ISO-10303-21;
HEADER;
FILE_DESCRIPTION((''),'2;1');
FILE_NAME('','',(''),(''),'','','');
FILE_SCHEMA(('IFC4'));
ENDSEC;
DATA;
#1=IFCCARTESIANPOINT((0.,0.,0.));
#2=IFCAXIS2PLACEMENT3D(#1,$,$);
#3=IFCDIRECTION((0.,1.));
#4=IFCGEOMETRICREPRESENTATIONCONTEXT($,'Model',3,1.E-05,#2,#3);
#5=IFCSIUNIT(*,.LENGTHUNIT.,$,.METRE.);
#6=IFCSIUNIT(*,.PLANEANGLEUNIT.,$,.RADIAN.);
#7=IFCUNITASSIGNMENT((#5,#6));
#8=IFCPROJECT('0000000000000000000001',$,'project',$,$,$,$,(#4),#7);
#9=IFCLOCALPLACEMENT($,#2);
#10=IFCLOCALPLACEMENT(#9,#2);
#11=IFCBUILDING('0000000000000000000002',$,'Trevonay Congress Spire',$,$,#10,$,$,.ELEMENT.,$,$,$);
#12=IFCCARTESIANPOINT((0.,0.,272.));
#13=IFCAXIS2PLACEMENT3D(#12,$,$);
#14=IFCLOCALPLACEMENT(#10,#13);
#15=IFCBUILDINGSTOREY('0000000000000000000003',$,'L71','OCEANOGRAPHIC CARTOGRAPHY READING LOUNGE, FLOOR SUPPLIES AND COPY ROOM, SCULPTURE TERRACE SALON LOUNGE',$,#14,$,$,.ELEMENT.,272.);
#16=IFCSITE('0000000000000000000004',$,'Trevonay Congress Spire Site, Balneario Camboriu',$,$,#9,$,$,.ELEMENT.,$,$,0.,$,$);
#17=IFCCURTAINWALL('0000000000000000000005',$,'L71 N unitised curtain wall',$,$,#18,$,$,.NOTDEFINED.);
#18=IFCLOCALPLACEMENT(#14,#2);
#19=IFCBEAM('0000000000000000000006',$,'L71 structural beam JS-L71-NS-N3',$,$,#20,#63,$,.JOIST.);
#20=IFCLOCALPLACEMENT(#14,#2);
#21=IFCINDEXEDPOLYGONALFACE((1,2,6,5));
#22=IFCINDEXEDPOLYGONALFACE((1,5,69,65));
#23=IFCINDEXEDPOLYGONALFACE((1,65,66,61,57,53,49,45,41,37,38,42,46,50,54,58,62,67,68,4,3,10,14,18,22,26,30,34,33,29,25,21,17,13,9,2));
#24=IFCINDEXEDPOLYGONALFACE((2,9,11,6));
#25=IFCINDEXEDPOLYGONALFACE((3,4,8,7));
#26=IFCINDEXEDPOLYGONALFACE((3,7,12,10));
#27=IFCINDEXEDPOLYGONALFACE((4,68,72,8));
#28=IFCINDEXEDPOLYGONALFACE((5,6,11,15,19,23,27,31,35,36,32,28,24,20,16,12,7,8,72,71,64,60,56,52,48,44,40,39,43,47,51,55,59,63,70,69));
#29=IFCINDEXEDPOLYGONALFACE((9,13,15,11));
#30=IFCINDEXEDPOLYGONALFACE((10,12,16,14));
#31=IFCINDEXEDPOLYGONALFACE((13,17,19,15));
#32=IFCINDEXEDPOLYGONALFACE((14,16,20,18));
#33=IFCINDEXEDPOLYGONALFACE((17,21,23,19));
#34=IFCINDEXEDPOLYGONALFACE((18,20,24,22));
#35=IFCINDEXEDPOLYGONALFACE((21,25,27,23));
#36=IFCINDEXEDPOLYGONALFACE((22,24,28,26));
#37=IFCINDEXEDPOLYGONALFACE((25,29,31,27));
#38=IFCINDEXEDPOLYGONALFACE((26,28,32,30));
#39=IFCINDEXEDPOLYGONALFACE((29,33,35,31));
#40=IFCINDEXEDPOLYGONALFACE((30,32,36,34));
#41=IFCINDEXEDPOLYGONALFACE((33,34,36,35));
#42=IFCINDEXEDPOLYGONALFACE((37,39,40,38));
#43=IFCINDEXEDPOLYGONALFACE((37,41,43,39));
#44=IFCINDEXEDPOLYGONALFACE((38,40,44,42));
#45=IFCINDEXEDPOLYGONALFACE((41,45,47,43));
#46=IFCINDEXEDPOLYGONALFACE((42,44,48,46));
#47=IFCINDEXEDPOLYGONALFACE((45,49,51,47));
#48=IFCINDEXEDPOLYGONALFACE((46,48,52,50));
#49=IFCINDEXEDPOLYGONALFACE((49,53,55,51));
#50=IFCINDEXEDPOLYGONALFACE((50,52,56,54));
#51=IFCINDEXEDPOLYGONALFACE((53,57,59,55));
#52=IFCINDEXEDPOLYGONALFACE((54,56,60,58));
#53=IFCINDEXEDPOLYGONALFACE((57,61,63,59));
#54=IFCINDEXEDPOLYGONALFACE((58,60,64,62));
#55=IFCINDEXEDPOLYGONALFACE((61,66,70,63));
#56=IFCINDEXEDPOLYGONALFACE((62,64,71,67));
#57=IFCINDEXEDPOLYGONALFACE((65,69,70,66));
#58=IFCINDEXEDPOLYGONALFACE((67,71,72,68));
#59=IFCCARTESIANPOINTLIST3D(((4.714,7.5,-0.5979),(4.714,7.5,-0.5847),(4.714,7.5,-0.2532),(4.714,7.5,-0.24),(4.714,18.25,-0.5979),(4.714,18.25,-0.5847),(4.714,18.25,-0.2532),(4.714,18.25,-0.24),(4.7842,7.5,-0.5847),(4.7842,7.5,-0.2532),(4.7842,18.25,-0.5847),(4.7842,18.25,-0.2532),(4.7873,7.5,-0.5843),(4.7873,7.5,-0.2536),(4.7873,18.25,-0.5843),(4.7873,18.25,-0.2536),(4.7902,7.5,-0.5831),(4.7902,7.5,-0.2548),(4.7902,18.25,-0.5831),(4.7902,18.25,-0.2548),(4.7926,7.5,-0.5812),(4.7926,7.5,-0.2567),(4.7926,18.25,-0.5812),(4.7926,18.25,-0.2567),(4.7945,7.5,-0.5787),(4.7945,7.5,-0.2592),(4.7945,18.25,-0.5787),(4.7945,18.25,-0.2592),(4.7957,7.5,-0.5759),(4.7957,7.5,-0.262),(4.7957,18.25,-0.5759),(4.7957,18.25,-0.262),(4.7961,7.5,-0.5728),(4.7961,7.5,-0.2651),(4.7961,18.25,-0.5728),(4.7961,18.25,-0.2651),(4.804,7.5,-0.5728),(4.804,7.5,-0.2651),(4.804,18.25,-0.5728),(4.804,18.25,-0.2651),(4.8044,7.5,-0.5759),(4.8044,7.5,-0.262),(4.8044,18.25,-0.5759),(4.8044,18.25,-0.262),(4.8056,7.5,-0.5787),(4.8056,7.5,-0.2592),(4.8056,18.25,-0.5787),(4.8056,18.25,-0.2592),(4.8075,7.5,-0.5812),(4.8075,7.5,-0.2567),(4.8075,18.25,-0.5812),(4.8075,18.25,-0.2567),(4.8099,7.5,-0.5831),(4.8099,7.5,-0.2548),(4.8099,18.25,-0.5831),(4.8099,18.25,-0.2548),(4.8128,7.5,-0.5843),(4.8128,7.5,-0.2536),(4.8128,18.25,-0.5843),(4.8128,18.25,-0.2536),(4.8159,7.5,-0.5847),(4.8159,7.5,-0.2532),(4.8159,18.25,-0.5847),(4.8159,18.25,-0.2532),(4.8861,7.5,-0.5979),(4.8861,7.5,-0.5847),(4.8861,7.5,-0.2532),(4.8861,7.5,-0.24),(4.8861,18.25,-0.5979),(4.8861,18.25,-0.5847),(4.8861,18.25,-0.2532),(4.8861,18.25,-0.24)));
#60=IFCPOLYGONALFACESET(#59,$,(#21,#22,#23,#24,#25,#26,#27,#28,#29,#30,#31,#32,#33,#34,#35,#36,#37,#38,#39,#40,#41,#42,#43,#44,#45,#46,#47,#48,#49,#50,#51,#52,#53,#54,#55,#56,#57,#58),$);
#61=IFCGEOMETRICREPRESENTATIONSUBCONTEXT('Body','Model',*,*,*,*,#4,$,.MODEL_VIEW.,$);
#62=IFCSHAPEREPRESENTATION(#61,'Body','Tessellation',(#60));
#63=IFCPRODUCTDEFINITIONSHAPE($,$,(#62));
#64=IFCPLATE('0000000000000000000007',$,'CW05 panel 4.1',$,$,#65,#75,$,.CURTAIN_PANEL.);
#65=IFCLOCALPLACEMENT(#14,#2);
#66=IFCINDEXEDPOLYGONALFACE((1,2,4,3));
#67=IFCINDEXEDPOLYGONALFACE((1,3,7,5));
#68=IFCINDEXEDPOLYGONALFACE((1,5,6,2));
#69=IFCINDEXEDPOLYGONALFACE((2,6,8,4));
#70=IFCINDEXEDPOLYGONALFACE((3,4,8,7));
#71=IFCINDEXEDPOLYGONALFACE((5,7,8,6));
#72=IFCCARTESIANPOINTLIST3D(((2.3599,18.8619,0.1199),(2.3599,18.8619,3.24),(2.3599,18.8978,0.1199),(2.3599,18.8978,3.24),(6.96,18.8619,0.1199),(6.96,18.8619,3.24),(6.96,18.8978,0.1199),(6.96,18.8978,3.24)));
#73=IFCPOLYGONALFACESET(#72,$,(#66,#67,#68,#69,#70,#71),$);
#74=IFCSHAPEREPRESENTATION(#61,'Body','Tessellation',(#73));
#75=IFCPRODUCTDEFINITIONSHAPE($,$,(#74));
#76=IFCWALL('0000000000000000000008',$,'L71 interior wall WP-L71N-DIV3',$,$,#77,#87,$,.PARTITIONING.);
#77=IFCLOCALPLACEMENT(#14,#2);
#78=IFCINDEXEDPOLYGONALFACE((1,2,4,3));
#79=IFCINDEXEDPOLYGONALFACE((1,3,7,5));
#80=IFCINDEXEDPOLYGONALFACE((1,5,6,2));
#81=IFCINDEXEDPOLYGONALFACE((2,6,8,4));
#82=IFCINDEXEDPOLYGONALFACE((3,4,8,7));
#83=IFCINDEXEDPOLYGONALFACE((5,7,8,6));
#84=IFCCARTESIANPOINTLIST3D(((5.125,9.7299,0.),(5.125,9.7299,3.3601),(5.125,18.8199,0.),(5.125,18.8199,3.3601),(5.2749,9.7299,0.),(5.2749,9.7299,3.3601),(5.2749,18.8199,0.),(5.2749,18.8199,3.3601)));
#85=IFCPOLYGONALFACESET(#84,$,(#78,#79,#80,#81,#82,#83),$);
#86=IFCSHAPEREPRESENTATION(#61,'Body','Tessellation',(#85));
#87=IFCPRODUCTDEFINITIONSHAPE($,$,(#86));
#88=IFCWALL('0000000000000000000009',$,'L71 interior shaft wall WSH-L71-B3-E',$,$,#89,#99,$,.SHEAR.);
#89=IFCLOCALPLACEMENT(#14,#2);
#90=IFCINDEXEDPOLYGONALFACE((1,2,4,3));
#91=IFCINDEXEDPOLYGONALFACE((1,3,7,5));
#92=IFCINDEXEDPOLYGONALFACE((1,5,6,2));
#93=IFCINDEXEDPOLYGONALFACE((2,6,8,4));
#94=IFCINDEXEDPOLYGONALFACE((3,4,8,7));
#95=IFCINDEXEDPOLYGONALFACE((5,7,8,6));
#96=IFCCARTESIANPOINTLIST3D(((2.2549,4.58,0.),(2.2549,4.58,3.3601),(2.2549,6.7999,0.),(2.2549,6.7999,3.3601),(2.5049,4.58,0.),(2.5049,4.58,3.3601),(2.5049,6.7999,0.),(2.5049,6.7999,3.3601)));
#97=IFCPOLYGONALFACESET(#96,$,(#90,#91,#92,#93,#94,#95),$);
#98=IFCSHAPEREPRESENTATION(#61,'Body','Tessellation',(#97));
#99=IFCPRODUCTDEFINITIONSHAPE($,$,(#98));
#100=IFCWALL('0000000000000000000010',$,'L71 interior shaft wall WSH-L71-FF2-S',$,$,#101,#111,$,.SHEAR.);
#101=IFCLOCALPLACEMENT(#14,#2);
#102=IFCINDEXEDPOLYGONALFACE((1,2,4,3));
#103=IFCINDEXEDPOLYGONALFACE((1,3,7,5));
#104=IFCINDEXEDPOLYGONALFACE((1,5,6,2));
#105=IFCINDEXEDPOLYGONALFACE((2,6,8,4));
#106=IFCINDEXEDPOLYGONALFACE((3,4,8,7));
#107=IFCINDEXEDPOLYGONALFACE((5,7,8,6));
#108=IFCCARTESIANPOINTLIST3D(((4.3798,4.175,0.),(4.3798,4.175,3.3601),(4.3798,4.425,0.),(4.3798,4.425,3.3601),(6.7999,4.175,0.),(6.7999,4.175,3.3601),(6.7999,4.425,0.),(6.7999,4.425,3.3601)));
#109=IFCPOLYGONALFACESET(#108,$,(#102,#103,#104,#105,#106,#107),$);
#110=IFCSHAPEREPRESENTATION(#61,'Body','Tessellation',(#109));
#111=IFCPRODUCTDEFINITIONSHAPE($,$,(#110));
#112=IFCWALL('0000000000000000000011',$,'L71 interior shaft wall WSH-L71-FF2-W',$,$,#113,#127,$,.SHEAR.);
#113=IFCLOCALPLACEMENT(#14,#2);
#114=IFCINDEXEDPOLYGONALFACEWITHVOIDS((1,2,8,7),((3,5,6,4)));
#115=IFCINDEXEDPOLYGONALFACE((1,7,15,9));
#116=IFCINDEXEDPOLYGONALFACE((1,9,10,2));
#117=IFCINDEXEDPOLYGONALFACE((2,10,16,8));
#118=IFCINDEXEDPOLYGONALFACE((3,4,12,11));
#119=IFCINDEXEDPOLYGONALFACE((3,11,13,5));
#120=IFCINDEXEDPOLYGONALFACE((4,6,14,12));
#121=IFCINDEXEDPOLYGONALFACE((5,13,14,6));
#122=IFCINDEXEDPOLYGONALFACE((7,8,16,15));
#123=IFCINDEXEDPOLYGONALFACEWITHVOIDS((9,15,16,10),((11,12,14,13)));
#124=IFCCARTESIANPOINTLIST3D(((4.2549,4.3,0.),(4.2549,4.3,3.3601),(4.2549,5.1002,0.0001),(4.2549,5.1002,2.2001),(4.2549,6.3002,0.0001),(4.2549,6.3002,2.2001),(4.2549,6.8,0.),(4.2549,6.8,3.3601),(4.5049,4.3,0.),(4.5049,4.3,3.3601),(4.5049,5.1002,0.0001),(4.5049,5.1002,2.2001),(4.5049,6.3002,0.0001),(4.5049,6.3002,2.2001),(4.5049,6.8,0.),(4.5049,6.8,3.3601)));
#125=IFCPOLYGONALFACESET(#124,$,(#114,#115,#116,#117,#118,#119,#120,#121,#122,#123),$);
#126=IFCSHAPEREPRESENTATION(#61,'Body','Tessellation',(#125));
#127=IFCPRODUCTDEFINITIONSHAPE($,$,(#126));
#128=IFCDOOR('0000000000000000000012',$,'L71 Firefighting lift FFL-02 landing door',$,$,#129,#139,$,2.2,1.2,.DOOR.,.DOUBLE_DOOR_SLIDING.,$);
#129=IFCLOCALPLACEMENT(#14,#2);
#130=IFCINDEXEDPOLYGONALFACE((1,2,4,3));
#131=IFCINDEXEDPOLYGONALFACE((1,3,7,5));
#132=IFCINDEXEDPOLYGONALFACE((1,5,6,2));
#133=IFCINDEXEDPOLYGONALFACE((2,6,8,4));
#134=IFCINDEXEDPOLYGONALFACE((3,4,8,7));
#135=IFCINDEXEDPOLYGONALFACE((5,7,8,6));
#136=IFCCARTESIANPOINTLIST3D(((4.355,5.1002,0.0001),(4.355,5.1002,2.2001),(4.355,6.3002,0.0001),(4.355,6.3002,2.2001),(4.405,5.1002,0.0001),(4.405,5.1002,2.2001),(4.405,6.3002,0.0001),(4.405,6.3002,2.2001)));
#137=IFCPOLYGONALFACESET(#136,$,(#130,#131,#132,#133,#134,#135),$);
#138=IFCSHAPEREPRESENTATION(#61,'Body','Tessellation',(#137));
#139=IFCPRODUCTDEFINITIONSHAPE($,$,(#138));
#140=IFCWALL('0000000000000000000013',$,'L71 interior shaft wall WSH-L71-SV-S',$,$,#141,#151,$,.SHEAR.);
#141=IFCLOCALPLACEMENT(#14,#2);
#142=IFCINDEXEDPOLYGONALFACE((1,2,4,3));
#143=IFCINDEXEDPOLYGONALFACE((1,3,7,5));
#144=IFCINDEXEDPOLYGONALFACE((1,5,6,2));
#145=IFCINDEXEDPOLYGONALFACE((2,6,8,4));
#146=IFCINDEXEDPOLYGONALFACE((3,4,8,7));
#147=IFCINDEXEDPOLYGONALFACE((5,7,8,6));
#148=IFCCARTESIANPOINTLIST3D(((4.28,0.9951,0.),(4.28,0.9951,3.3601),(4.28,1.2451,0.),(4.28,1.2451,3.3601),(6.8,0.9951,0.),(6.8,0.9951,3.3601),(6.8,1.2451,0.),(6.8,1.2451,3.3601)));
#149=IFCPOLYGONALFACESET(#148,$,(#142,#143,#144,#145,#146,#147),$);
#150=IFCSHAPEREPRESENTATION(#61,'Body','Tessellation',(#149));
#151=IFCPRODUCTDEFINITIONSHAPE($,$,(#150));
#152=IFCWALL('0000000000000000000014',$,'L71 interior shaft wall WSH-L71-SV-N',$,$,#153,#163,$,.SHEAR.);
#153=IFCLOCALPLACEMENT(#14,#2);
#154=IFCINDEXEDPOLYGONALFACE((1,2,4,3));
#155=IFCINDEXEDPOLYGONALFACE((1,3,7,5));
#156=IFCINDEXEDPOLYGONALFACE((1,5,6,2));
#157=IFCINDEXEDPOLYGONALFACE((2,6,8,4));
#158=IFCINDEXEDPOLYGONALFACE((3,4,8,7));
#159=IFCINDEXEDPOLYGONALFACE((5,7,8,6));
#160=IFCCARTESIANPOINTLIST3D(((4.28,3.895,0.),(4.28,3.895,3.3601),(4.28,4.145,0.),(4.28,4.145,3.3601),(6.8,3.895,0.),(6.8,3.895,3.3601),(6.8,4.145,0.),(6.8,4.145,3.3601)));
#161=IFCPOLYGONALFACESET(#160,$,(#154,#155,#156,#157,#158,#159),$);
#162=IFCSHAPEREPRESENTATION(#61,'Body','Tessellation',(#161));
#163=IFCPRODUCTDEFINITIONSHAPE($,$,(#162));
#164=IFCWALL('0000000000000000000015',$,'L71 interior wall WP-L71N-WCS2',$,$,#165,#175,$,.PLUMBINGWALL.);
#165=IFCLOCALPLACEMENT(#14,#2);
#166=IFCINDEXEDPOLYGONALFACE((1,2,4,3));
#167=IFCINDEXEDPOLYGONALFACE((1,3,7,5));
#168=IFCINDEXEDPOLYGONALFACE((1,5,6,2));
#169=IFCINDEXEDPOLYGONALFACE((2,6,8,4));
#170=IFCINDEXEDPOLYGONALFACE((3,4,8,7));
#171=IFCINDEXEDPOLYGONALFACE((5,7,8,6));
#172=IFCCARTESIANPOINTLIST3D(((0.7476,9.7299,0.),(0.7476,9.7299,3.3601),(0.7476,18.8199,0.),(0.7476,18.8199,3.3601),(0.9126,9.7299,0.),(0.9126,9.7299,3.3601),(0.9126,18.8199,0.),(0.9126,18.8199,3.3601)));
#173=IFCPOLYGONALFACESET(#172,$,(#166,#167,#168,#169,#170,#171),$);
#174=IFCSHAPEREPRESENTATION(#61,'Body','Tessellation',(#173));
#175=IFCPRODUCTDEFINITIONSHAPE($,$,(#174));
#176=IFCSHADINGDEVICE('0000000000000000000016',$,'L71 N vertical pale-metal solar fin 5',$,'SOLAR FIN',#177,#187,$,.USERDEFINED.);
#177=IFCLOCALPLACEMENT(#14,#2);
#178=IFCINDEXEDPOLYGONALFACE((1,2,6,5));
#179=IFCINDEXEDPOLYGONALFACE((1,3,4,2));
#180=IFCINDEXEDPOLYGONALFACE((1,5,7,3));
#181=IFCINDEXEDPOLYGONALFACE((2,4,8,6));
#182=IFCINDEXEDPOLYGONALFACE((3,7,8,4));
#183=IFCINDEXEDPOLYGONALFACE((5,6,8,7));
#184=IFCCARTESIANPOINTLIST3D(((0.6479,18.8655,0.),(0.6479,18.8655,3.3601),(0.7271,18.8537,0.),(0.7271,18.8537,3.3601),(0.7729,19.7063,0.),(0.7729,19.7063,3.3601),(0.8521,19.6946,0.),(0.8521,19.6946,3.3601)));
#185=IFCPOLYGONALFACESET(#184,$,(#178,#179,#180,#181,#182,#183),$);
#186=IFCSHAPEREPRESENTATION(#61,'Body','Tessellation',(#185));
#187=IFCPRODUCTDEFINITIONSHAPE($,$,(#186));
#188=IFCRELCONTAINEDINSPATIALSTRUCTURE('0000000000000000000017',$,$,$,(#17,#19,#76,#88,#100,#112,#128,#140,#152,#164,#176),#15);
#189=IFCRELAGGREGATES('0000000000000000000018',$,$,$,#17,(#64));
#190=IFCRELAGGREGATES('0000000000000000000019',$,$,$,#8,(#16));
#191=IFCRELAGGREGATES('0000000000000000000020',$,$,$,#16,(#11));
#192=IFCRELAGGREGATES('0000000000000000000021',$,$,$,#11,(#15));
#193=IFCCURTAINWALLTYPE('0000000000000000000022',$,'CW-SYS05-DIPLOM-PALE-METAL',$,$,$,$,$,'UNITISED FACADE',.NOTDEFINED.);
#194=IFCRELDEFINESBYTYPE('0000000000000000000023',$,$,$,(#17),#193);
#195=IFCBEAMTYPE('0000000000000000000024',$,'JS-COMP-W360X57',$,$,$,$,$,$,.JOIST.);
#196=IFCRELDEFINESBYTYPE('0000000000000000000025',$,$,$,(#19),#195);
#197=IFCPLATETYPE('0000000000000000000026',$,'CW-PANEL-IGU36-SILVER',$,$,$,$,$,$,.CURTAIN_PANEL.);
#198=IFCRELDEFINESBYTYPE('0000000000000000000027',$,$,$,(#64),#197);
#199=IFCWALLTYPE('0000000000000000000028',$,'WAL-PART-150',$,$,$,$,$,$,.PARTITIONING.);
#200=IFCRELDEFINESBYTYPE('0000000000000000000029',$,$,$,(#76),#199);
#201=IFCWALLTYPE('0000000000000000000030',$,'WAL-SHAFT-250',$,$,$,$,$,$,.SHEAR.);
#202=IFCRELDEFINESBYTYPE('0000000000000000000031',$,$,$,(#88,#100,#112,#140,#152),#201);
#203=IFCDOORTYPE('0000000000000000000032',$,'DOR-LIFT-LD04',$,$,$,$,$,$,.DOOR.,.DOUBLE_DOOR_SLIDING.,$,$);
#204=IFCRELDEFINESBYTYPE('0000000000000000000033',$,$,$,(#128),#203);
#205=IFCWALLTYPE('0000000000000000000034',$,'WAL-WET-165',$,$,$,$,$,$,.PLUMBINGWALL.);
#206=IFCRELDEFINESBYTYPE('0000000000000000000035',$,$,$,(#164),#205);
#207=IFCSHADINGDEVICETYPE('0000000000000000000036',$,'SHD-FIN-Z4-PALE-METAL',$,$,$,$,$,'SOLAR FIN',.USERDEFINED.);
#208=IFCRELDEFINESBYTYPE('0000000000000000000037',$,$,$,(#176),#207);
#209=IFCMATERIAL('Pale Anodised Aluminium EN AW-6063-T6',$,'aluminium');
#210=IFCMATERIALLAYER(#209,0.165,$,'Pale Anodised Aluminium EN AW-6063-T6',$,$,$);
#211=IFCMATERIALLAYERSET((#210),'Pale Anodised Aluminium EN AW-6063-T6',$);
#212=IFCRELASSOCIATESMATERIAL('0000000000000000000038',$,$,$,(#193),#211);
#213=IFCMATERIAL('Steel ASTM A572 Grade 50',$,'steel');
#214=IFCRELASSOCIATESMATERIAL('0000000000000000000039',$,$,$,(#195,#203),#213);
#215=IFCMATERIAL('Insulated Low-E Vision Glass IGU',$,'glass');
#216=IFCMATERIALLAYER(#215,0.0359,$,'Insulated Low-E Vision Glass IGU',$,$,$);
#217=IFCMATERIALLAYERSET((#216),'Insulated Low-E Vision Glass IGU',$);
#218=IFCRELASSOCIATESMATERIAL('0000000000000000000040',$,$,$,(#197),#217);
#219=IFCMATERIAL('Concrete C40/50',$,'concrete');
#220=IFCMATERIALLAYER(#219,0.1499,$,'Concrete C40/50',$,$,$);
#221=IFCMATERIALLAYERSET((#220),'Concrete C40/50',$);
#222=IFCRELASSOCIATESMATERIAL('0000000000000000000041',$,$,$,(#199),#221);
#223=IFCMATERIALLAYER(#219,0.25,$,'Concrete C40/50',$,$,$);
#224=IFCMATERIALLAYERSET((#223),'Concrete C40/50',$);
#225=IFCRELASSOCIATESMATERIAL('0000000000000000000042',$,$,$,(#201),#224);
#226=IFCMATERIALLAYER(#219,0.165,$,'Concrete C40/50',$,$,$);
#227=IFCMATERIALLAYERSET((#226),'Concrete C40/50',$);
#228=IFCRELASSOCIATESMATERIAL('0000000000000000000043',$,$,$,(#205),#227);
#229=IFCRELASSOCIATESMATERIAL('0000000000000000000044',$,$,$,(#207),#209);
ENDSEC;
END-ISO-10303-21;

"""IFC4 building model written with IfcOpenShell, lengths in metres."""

from ifc_helpers import new_model, si_unit, direction, frame, frame_2d, origin, origin_2d, place, context, subcontext, project, spatial, rectangle, i_section, extrude, material, layer, layer_set, material_profile, profile_set, type_object, element, fill, aggregate, save


model = new_model("IFC4")

# Units and contexts
model_context = context("Model", 3, precision=1e-05, world=origin(), true_north=direction((0.0, 1.0)))
body_context = subcontext(model_context, "Body", "Model", "MODEL_VIEW")
ifc_project = project(units=[si_unit("LENGTHUNIT", "METRE"), si_unit("PLANEANGLEUNIT", "RADIAN")], contexts=[model_context])

# Site, building, storey
site_placement = place(None, origin())
site = spatial("IfcSite", under=ifc_project, at=site_placement, Name="Trevonay Congress Spire Site, Balneario Camboriu", CompositionType="ELEMENT", RefElevation=0.0)
building_placement = place(site_placement, origin())
building = spatial("IfcBuilding", under=site, at=building_placement, Name="Trevonay Congress Spire", CompositionType="ELEMENT")
storey_placement = place(building_placement, frame((0.0, 0.0, 272.0)))
storey = spatial("IfcBuildingStorey", under=building, at=storey_placement, Name="L71", Description="OCEANOGRAPHIC CARTOGRAPHY READING LOUNGE, FLOOR SUPPLIES AND COPY ROOM, SCULPTURE TERRACE SALON LOUNGE", CompositionType="ELEMENT", Elevation=272.0)

# Shared definitions
ifc_material_1 = material(Name="Steel ASTM A572 Grade 50", Category="steel")

# Curtain wall
ifc_material_2 = material(Name="Pale Anodised Aluminium EN AW-6063-T6", Category="aluminium")
ifc_layer_1 = layer(ifc_material_2, 0.165, Name="Pale Anodised Aluminium EN AW-6063-T6")
ifc_layer_set_1 = layer_set([ifc_layer_1], Name="Pale Anodised Aluminium EN AW-6063-T6")
curtain_wall_type = type_object("IfcCurtainWallType", Name="CW-SYS05-DIPLOM-PALE-METAL", ElementType="UNITISED FACADE", PredefinedType="NOTDEFINED", material=ifc_layer_set_1)
curtain_wall_placement = place(storey_placement, origin())
curtain_wall = element("IfcCurtainWall", 1, at=curtain_wall_placement, inside=storey, type_object=curtain_wall_type, Name="L71 N unitised curtain wall", PredefinedType="NOTDEFINED")

# Beam
ifc_material_profile_1 = material_profile(ifc_material_1, i_section(OverallWidth=0.1721, OverallDepth=0.3579, WebThickness=0.0078, FlangeThickness=0.0132, FilletRadius=0.012, at=origin_2d()), Name="W360x57.8")
ifc_profile_set_1 = profile_set([ifc_material_profile_1], Name="Steel ASTM A572 Grade 50")
beam_type_1 = type_object("IfcBeamType", Name="JS-COMP-W360X57", PredefinedType="JOIST", material=ifc_profile_set_1)
beam_1_placement = place(storey_placement, frame((4.8, 7.5, -0.4189), z_axis=(0.0, 1.0, 0.0), x_axis=(-1.0, 0.0, 0.0)))
element("IfcBeam", 2, at=beam_1_placement, inside=storey, type_object=beam_type_1, Name="L71 structural beam JS-L71-NS-N3", PredefinedType="JOIST", context=body_context, shape_type="SweptSolid", body=[
    extrude(i_section(OverallWidth=0.1721, OverallDepth=0.3579, WebThickness=0.0078, FlangeThickness=0.0132, FilletRadius=0.012, at=origin_2d()), origin(), (0.0, 0.0, 1.0), 10.75),
])

# Plate
ifc_material_3 = material(Name="Insulated Low-E Vision Glass IGU", Category="glass")
ifc_layer_2 = layer(ifc_material_3, 0.0359, Name="Insulated Low-E Vision Glass IGU")
ifc_layer_set_2 = layer_set([ifc_layer_2], Name="Insulated Low-E Vision Glass IGU")
plate_type = type_object("IfcPlateType", Name="CW-PANEL-IGU36-SILVER", PredefinedType="CURTAIN_PANEL", material=ifc_layer_set_2)
plate_placement = place(storey_placement, frame((4.6599, 18.8799, 0.1199), z_axis=(0.0, 0.0, 1.0), x_axis=(1.0, 0.0, 0.0)))
plate = element("IfcPlate", 3, at=plate_placement, type_object=plate_type, Name="CW05 panel 4.1", PredefinedType="CURTAIN_PANEL", context=body_context, shape_type="SweptSolid", body=[
    extrude(rectangle(XDim=4.6001, YDim=0.0359, at=origin_2d()), origin(), (0.0, 0.0, 1.0), 3.1201),
])
aggregate(curtain_wall, [plate])

# Walls
ifc_material_4 = material(Name="Concrete C40/50", Category="concrete")
ifc_layer_3 = layer(ifc_material_4, 0.1499, Name="Concrete C40/50")
ifc_layer_set_3 = layer_set([ifc_layer_3], Name="Concrete C40/50")
wall_type_1 = type_object("IfcWallType", Name="WAL-PART-150", PredefinedType="PARTITIONING", material=ifc_layer_set_3)
wall_1_placement = place(storey_placement, frame((5.2, 9.73, 0.0), z_axis=(0.0, 0.0, 1.0), x_axis=(0.0, 1.0, 0.0)))
element("IfcWall", 4, at=wall_1_placement, inside=storey, type_object=wall_type_1, Name="L71 interior wall WP-L71N-DIV3", PredefinedType="PARTITIONING", context=body_context, shape_type="SweptSolid", body=[
    extrude(rectangle(XDim=9.0901, YDim=0.1499, at=frame_2d((4.5449, 0.0))), origin(), (0.0, 0.0, 1.0), 3.3601),
])
ifc_layer_4 = layer(ifc_material_4, 0.25, Name="Concrete C40/50")
ifc_layer_set_4 = layer_set([ifc_layer_4], Name="Concrete C40/50")
wall_type_2 = type_object("IfcWallType", Name="WAL-SHAFT-250", PredefinedType="SHEAR", material=ifc_layer_set_4)
wall_2_placement = place(storey_placement, frame((2.3799, 4.5801, 0.0), z_axis=(0.0, 0.0, 1.0), x_axis=(0.0, 1.0, 0.0)))
element("IfcWall", 5, at=wall_2_placement, inside=storey, type_object=wall_type_2, Name="L71 interior shaft wall WSH-L71-B3-E", PredefinedType="SHEAR", context=body_context, shape_type="SweptSolid", body=[
    extrude(rectangle(XDim=2.22, YDim=0.25, at=frame_2d((1.1099, 0.0))), origin(), (0.0, 0.0, 1.0), 3.3601),
])
wall_3_placement = place(storey_placement, frame((4.3799, 4.3, 0.0), z_axis=(0.0, 0.0, 1.0), x_axis=(1.0, 0.0, 0.0)))
element("IfcWall", 6, at=wall_3_placement, inside=storey, type_object=wall_type_2, Name="L71 interior shaft wall WSH-L71-FF2-S", PredefinedType="SHEAR", context=body_context, shape_type="SweptSolid", body=[
    extrude(rectangle(XDim=2.4202, YDim=0.25, at=frame_2d((1.21, 0.0))), origin(), (0.0, 0.0, 1.0), 3.3601),
])

# Wall, opening, door
wall_4_placement = place(storey_placement, frame((4.3799, 4.3, 0.0), z_axis=(0.0, 0.0, 1.0), x_axis=(0.0, 1.0, 0.0)))
wall_4 = element("IfcWall", 7, at=wall_4_placement, inside=storey, type_object=wall_type_2, Name="L71 interior shaft wall WSH-L71-FF2-W", PredefinedType="SHEAR", context=body_context, shape_type="SweptSolid", body=[
    extrude(rectangle(XDim=2.5, YDim=0.25, at=frame_2d((1.25, 0.0))), origin(), (0.0, 0.0, 1.0), 3.3601),
])
opening_placement = place(wall_4_placement, frame((0.8, 0.0, 0.0)))
opening = element("IfcOpeningElement", 8, at=opening_placement, cuts=wall_4, PredefinedType="OPENING", context=body_context, shape_type="SweptSolid", body=[
    extrude(rectangle(XDim=1.2, YDim=2.2, at=frame_2d((0.6001, 1.1001))), frame((0.0, 0.135, 0.0), z_axis=(0.0, -1.0, 0.0), x_axis=(1.0, 0.0, 0.0)), (0.0, 0.0, 1.0), 0.27),
])
door_type = type_object("IfcDoorType", Name="DOR-LIFT-LD04", OperationType="DOUBLE_DOOR_SLIDING", PredefinedType="DOOR", material=ifc_material_1)
door_placement = place(opening_placement, origin())
door = element("IfcDoor", 9, at=door_placement, inside=storey, type_object=door_type, Name="L71 Firefighting lift FFL-02 landing door", OperationType="DOUBLE_DOOR_SLIDING", OverallHeight=2.2, OverallWidth=1.2, PredefinedType="DOOR", context=body_context, shape_type="SweptSolid", body=[
    extrude(rectangle(XDim=1.2, YDim=2.2, at=frame_2d((0.6001, 1.1001))), frame((0.0, 0.0249, 0.0), z_axis=(0.0, -1.0, 0.0), x_axis=(1.0, 0.0, 0.0)), (0.0, 0.0, 1.0), 0.05),
])
fill(opening, door)

# Walls
for number, where, z_axis, x_axis, name in (
    (10, (4.28, 1.1201, 0.0), (0.0, 0.0, 1.0), (1.0, 0.0, 0.0), "L71 interior shaft wall WSH-L71-SV-S"),
    (11, (4.28, 4.02, 0.0), (0.0, 0.0, 1.0), (1.0, 0.0, 0.0), "L71 interior shaft wall WSH-L71-SV-N"),
):
    element("IfcWall", number, at=place(storey_placement, frame(where, z_axis=z_axis, x_axis=x_axis)), inside=storey, type_object=wall_type_2, Name=name, PredefinedType="SHEAR", context=body_context, shape_type="SweptSolid", body=[
        extrude(rectangle(XDim=2.52, YDim=0.25, at=frame_2d((1.26, 0.0))), origin(), (0.0, 0.0, 1.0), 3.3601),
    ])
ifc_layer_5 = layer(ifc_material_4, 0.165, Name="Concrete C40/50")
ifc_layer_set_5 = layer_set([ifc_layer_5], Name="Concrete C40/50")
wall_type_3 = type_object("IfcWallType", Name="WAL-WET-165", PredefinedType="PLUMBINGWALL", material=ifc_layer_set_5)
wall_5_placement = place(storey_placement, frame((0.8301, 9.73, 0.0), z_axis=(0.0, 0.0, 1.0), x_axis=(0.0, 1.0, 0.0)))
element("IfcWall", 12, at=wall_5_placement, inside=storey, type_object=wall_type_3, Name="L71 interior wall WP-L71N-WCS2", PredefinedType="PLUMBINGWALL", context=body_context, shape_type="SweptSolid", body=[
    extrude(rectangle(XDim=9.0901, YDim=0.165, at=frame_2d((4.5449, 0.0))), origin(), (0.0, 0.0, 1.0), 3.3601),
])

# Shading device
shading_device_type = type_object("IfcShadingDeviceType", Name="SHD-FIN-Z4-PALE-METAL", ElementType="SOLAR FIN", PredefinedType="USERDEFINED", material=ifc_material_2)
for number, where, z_axis, x_axis, name in (
    (13, (0.75, 19.28, 0.0), (0.0, 0.0, 1.0), (0.989144, -0.146946, 0.0), "L71 N vertical pale-metal solar fin 5"),
):
    element("IfcShadingDevice", number, at=place(storey_placement, frame(where, z_axis=z_axis, x_axis=x_axis)), inside=storey, type_object=shading_device_type, Name=name, ObjectType="SOLAR FIN", PredefinedType="USERDEFINED", context=body_context, shape_type="SweptSolid", body=[
        extrude(rectangle(XDim=0.0801, YDim=0.8501, at=origin_2d()), origin(), (0.0, 0.0, 1.0), 3.3601),
    ])

save(model, "model.ifc")
